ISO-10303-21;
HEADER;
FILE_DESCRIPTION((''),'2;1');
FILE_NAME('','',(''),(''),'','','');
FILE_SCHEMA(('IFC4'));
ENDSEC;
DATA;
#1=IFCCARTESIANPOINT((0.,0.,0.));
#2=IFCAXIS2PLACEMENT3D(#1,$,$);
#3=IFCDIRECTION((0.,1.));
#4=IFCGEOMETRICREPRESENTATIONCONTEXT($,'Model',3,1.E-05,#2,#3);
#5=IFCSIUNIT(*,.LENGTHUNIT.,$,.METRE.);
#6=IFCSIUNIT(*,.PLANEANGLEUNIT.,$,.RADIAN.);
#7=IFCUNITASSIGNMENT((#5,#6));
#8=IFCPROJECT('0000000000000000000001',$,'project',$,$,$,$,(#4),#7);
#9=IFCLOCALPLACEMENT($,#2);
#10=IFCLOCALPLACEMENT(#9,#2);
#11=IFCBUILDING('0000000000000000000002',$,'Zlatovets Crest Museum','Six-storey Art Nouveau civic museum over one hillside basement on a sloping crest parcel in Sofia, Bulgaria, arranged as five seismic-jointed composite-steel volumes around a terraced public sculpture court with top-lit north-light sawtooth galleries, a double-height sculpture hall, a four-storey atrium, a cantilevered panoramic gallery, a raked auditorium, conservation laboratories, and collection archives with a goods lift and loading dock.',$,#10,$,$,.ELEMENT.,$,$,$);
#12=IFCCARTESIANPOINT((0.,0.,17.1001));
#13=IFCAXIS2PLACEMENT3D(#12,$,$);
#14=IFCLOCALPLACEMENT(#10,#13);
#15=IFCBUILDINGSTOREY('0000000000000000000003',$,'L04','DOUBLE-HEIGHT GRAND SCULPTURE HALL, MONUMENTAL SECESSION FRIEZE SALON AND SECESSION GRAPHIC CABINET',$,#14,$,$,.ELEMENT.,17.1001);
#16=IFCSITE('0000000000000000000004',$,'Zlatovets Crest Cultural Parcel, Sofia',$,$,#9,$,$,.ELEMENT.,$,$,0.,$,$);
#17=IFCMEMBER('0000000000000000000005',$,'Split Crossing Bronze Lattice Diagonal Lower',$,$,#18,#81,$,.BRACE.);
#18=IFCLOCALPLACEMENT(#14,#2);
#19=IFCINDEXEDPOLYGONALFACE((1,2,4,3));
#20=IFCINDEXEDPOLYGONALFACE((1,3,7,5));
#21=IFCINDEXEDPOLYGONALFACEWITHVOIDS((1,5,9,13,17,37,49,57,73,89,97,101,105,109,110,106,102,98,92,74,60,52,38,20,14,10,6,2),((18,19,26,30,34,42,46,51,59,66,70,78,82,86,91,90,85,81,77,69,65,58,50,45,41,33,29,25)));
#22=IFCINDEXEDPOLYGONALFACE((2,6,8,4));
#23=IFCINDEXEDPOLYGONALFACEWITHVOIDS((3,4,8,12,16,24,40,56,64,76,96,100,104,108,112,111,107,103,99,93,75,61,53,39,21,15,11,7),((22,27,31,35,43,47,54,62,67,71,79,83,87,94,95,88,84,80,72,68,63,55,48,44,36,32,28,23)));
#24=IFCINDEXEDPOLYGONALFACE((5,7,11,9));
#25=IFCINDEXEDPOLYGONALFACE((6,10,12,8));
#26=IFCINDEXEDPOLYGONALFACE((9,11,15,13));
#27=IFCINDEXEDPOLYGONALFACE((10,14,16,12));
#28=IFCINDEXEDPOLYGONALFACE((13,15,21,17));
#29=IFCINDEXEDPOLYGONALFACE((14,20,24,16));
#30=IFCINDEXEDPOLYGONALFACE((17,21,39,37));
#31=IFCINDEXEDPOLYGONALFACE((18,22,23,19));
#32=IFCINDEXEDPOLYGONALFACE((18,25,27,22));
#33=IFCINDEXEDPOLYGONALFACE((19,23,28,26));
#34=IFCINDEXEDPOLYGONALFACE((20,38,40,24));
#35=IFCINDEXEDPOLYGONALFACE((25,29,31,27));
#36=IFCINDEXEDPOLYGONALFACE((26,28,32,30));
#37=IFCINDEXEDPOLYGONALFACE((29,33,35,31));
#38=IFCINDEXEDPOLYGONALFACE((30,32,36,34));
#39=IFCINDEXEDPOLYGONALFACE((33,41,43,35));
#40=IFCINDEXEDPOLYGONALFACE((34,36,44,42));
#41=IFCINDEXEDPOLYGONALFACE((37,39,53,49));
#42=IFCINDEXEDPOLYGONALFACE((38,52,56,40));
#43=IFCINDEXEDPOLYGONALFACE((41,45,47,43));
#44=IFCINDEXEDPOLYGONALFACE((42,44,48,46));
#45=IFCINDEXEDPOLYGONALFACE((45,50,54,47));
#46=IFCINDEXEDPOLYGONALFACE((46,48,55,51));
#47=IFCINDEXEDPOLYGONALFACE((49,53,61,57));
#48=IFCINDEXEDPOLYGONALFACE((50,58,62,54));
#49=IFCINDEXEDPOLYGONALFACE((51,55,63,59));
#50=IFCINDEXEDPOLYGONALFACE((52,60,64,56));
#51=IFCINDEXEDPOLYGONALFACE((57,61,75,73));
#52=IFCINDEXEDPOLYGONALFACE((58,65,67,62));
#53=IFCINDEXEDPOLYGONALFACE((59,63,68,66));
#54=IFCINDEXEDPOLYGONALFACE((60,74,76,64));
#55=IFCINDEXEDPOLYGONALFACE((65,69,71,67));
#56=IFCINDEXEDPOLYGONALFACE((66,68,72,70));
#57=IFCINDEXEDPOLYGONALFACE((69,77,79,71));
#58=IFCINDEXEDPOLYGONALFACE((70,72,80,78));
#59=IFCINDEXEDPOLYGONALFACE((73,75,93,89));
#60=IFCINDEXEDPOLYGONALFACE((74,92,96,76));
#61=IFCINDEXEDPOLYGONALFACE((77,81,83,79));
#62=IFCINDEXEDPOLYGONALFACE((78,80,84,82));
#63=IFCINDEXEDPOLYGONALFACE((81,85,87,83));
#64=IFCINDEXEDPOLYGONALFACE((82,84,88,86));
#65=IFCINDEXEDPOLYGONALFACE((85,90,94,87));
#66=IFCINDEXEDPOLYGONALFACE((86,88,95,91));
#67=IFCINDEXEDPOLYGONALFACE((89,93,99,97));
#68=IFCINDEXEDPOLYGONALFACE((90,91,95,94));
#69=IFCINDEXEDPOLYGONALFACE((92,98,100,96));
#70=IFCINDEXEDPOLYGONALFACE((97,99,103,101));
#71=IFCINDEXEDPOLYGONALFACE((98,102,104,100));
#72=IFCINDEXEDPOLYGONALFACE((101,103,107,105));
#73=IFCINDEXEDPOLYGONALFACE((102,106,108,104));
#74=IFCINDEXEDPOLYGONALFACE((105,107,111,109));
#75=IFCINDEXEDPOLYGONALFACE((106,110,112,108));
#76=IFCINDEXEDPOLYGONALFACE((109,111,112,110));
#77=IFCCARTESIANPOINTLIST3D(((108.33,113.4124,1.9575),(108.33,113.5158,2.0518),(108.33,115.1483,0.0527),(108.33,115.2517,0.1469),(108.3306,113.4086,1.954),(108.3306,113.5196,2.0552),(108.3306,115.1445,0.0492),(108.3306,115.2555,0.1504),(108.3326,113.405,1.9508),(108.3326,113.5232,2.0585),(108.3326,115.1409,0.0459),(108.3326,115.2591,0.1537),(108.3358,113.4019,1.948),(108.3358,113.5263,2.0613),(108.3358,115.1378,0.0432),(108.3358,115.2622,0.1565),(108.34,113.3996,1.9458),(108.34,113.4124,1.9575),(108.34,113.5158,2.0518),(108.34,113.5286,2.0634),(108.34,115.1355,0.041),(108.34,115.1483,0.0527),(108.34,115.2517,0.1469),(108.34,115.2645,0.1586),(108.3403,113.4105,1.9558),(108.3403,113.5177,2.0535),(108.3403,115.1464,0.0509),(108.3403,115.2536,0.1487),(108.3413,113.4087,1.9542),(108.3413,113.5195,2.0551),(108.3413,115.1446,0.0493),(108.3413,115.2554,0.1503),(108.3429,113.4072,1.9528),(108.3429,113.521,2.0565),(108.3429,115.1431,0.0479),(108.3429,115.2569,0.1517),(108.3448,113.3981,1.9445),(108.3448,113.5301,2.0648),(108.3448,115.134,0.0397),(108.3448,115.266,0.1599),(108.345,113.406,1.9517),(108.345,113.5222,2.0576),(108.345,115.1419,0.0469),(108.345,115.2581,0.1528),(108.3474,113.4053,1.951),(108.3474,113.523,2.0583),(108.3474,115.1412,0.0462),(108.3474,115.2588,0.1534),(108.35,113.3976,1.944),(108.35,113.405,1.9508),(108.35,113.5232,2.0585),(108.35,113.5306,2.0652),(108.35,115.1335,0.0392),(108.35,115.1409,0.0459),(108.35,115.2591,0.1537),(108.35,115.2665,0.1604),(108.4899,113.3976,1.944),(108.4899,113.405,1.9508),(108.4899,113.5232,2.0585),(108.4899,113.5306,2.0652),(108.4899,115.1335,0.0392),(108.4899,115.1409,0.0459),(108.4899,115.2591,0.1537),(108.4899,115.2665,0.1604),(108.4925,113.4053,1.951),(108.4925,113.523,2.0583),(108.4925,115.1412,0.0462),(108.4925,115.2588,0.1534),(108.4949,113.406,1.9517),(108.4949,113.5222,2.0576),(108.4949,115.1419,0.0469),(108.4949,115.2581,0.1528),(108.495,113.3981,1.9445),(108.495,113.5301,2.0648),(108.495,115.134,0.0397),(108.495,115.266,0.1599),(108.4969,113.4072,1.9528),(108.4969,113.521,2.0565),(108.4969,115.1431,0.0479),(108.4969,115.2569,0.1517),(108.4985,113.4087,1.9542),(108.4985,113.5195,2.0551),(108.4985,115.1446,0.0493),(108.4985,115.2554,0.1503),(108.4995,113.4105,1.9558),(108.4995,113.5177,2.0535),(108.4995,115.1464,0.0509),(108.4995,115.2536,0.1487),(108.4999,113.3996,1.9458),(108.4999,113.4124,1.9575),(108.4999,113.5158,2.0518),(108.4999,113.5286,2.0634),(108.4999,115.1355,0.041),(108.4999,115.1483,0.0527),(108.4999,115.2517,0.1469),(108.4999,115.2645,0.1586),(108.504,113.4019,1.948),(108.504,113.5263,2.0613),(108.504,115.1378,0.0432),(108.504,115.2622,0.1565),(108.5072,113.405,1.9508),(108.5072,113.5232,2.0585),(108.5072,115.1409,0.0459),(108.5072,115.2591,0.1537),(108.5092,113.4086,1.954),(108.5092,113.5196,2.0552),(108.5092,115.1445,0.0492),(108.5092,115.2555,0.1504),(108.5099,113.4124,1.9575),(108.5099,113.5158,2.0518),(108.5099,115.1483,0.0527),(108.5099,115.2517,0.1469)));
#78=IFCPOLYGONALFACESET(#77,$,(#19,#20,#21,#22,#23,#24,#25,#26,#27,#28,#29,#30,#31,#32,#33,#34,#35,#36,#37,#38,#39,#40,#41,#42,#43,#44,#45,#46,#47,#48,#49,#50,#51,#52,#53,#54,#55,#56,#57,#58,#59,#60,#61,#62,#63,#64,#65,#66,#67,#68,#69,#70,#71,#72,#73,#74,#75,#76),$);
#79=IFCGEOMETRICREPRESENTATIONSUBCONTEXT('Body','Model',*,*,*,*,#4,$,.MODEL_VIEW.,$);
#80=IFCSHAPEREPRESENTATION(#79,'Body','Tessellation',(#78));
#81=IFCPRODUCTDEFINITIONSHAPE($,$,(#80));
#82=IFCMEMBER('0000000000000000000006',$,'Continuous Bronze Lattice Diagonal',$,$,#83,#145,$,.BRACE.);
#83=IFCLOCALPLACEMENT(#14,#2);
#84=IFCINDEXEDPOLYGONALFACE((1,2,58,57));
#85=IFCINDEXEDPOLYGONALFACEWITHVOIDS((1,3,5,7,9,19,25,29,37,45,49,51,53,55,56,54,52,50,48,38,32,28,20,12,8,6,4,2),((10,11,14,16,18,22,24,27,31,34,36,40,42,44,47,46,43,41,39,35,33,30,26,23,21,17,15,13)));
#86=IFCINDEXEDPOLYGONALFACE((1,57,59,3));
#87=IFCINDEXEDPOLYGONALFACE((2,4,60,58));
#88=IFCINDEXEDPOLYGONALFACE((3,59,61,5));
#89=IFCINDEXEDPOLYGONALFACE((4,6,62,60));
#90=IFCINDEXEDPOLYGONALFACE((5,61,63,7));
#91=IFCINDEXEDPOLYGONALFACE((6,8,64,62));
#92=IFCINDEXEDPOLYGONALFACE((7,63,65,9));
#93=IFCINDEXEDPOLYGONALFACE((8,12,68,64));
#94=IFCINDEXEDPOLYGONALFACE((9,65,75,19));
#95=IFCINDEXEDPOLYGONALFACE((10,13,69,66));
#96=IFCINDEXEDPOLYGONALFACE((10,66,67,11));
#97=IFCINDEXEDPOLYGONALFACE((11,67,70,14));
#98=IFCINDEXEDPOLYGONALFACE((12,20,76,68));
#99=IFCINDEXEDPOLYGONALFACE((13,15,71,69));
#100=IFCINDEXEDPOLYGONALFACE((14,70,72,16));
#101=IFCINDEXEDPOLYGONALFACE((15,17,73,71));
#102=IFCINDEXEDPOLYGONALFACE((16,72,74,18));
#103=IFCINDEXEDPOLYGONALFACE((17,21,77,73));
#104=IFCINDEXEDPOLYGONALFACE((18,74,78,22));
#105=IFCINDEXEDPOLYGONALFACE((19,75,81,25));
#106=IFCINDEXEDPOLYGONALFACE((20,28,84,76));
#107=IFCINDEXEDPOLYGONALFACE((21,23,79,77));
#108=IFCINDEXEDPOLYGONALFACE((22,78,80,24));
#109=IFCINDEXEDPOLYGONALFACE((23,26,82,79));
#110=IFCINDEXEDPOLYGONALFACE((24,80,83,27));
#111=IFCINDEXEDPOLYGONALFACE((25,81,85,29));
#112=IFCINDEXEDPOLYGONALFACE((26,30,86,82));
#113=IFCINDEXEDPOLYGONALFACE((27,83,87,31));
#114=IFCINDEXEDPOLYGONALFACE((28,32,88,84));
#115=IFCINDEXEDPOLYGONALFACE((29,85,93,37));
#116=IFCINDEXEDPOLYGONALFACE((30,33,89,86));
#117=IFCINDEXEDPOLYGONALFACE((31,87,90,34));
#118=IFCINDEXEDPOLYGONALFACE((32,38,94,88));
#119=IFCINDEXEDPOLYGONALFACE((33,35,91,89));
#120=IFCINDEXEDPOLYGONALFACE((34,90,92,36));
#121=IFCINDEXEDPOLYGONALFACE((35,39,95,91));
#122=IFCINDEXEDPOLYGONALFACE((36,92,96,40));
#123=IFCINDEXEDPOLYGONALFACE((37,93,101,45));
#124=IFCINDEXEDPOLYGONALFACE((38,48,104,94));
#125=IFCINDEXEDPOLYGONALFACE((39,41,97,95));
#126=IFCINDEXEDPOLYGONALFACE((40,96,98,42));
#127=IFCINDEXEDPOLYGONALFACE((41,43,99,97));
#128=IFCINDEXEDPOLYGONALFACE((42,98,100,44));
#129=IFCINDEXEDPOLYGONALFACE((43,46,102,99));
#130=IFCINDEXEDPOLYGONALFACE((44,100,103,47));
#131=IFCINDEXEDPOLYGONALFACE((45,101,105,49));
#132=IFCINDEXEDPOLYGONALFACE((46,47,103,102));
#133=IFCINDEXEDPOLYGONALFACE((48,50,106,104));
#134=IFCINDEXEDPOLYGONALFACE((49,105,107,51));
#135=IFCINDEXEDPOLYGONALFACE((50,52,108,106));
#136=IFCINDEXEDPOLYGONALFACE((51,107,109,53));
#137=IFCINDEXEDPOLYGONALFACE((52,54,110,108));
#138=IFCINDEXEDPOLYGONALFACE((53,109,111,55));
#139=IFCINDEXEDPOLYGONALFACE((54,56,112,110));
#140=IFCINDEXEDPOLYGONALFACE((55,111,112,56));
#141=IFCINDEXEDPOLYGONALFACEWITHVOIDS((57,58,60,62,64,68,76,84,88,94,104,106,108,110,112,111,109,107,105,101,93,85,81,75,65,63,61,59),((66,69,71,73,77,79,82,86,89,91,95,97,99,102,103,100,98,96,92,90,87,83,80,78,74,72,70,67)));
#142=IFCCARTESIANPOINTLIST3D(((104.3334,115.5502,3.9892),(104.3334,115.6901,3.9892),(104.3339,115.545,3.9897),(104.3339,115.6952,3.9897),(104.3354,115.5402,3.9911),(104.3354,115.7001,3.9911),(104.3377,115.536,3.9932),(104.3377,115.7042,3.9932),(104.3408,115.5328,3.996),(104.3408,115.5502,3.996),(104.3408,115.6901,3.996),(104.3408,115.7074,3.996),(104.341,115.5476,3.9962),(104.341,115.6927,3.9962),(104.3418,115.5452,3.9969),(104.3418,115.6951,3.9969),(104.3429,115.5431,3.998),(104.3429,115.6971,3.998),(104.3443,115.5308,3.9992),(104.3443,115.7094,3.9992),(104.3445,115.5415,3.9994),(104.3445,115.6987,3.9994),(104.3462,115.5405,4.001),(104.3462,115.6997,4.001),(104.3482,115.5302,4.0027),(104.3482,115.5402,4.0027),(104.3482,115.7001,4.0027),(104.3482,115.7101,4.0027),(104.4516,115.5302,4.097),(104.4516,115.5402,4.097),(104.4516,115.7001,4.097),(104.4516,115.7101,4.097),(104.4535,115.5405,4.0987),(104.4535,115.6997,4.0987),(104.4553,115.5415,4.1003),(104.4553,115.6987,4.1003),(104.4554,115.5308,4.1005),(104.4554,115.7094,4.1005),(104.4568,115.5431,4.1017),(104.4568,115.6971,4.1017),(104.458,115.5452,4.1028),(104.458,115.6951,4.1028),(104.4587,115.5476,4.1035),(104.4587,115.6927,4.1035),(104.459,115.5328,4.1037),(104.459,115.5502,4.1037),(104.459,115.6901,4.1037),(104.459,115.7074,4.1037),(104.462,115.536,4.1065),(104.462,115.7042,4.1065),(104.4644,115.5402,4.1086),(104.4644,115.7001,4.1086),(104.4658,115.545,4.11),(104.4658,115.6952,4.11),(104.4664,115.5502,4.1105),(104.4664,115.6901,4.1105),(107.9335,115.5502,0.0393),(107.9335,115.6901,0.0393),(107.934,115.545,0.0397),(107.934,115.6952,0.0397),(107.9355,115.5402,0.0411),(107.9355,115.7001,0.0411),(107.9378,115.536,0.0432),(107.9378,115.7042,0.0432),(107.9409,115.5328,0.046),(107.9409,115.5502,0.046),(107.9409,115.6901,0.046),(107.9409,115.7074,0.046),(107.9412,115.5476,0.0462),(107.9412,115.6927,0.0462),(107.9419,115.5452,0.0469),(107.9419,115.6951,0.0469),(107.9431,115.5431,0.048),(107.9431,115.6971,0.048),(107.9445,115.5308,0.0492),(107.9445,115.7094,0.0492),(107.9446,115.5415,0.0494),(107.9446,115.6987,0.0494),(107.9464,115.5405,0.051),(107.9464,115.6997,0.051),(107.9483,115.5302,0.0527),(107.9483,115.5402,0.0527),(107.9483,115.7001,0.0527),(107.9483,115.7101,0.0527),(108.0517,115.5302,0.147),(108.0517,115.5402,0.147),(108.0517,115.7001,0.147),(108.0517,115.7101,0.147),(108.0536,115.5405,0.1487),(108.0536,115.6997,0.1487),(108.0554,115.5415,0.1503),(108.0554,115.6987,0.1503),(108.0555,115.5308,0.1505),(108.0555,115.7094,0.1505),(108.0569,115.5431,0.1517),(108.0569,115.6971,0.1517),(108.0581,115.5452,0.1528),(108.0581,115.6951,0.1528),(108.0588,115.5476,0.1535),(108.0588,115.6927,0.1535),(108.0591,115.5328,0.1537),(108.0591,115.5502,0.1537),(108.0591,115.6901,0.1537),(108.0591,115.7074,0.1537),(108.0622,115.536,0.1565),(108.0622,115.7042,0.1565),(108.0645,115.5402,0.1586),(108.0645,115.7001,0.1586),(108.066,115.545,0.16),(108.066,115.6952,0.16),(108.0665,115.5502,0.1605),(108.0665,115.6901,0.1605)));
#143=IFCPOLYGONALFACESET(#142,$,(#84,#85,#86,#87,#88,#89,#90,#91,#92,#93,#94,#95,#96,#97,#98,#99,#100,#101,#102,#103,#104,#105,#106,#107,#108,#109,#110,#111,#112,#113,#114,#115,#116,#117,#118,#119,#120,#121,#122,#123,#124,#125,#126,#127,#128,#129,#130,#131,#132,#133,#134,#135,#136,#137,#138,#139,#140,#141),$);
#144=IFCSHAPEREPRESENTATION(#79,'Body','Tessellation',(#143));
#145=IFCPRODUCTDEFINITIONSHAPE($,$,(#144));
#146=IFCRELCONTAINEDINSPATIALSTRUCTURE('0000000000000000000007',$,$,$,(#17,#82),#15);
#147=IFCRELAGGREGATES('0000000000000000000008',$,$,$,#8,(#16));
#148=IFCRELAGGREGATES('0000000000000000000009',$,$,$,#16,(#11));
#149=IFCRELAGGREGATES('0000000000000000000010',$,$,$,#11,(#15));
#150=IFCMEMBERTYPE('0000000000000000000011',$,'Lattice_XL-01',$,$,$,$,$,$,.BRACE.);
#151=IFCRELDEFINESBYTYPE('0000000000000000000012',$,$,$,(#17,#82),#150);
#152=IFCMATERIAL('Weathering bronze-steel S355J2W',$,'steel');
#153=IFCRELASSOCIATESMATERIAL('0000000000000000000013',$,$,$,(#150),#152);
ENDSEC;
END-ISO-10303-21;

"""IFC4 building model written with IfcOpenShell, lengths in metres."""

from ifc_helpers import new_model, si_unit, direction, frame, origin, origin_2d, place, context, subcontext, project, spatial, hollow_rectangle, extrude, material, material_profile, profile_set, type_object, element, save


model = new_model("IFC4")

# Units and contexts
model_context = context("Model", 3, precision=1e-05, world=origin(), true_north=direction((0.0, 1.0)))
body_context = subcontext(model_context, "Body", "Model", "MODEL_VIEW")
ifc_project = project(units=[si_unit("LENGTHUNIT", "METRE"), si_unit("PLANEANGLEUNIT", "RADIAN")], contexts=[model_context])

# Site, building, storey
site_placement = place(None, origin())
site = spatial("IfcSite", under=ifc_project, at=site_placement, Name="Zlatovets Crest Cultural Parcel, Sofia", CompositionType="ELEMENT", RefElevation=0.0)
building_placement = place(site_placement, origin())
building = spatial("IfcBuilding", under=site, at=building_placement, Name="Zlatovets Crest Museum", Description="Six-storey Art Nouveau civic museum over one hillside basement on a sloping crest parcel in Sofia, Bulgaria, arranged as five seismic-jointed composite-steel volumes around a terraced public sculpture court with top-lit north-light sawtooth galleries, a double-height sculpture hall, a four-storey atrium, a cantilevered panoramic gallery, a raked auditorium, conservation laboratories, and collection archives with a goods lift and loading dock.", CompositionType="ELEMENT")
storey_placement = place(building_placement, frame((0.0, 0.0, 17.1001)))
storey = spatial("IfcBuildingStorey", under=building, at=storey_placement, Name="L04", Description="DOUBLE-HEIGHT GRAND SCULPTURE HALL, MONUMENTAL SECESSION FRIEZE SALON AND SECESSION GRAPHIC CABINET", CompositionType="ELEMENT", Elevation=17.1001)

# Members
ifc_material_1 = material(Name="Weathering bronze-steel S355J2W", Category="steel")
ifc_material_profile_1 = material_profile(ifc_material_1, hollow_rectangle(XDim=0.1799, YDim=0.1799, WallThickness=0.01, InnerFilletRadius=0.01, OuterFilletRadius=0.02, at=origin_2d()), Name="SHS 180x180x10.0")
ifc_profile_set_1 = profile_set([ifc_material_profile_1], Name="Weathering bronze-steel S355J2W")
member_type_1 = type_object("IfcMemberType", Name="Lattice_XL-01", PredefinedType="BRACE", material=ifc_profile_set_1)
member_1_placement = place(storey_placement, frame((108.4199, 113.4641, 2.0046), z_axis=(0.0, 0.673568, -0.739125), x_axis=(-1.0, 0.0, 0.0)))
element("IfcMember", 1, at=member_1_placement, inside=storey, type_object=member_type_1, Name="Split Crossing Bronze Lattice Diagonal Lower", PredefinedType="BRACE", context=body_context, shape_type="SweptSolid", body=[
    extrude(hollow_rectangle(XDim=0.1799, YDim=0.1799, WallThickness=0.01, InnerFilletRadius=0.01, OuterFilletRadius=0.02, at=origin_2d()), origin(), (0.0, 0.0, 1.0), 2.5771),
])
member_2_placement = place(storey_placement, frame((108.0, 115.6201, 0.0999), z_axis=(-0.673618, 0.0, 0.73908), x_axis=(0.0, -1.0, 0.0)))
element("IfcMember", 2, at=member_2_placement, inside=storey, type_object=member_type_1, Name="Continuous Bronze Lattice Diagonal", PredefinedType="BRACE", context=body_context, shape_type="SweptSolid", body=[
    extrude(hollow_rectangle(XDim=0.1799, YDim=0.1799, WallThickness=0.01, InnerFilletRadius=0.01, OuterFilletRadius=0.02, at=origin_2d()), origin(), (0.0, 0.0, 1.0), 5.3445),
])

save(model, "model.ifc")
